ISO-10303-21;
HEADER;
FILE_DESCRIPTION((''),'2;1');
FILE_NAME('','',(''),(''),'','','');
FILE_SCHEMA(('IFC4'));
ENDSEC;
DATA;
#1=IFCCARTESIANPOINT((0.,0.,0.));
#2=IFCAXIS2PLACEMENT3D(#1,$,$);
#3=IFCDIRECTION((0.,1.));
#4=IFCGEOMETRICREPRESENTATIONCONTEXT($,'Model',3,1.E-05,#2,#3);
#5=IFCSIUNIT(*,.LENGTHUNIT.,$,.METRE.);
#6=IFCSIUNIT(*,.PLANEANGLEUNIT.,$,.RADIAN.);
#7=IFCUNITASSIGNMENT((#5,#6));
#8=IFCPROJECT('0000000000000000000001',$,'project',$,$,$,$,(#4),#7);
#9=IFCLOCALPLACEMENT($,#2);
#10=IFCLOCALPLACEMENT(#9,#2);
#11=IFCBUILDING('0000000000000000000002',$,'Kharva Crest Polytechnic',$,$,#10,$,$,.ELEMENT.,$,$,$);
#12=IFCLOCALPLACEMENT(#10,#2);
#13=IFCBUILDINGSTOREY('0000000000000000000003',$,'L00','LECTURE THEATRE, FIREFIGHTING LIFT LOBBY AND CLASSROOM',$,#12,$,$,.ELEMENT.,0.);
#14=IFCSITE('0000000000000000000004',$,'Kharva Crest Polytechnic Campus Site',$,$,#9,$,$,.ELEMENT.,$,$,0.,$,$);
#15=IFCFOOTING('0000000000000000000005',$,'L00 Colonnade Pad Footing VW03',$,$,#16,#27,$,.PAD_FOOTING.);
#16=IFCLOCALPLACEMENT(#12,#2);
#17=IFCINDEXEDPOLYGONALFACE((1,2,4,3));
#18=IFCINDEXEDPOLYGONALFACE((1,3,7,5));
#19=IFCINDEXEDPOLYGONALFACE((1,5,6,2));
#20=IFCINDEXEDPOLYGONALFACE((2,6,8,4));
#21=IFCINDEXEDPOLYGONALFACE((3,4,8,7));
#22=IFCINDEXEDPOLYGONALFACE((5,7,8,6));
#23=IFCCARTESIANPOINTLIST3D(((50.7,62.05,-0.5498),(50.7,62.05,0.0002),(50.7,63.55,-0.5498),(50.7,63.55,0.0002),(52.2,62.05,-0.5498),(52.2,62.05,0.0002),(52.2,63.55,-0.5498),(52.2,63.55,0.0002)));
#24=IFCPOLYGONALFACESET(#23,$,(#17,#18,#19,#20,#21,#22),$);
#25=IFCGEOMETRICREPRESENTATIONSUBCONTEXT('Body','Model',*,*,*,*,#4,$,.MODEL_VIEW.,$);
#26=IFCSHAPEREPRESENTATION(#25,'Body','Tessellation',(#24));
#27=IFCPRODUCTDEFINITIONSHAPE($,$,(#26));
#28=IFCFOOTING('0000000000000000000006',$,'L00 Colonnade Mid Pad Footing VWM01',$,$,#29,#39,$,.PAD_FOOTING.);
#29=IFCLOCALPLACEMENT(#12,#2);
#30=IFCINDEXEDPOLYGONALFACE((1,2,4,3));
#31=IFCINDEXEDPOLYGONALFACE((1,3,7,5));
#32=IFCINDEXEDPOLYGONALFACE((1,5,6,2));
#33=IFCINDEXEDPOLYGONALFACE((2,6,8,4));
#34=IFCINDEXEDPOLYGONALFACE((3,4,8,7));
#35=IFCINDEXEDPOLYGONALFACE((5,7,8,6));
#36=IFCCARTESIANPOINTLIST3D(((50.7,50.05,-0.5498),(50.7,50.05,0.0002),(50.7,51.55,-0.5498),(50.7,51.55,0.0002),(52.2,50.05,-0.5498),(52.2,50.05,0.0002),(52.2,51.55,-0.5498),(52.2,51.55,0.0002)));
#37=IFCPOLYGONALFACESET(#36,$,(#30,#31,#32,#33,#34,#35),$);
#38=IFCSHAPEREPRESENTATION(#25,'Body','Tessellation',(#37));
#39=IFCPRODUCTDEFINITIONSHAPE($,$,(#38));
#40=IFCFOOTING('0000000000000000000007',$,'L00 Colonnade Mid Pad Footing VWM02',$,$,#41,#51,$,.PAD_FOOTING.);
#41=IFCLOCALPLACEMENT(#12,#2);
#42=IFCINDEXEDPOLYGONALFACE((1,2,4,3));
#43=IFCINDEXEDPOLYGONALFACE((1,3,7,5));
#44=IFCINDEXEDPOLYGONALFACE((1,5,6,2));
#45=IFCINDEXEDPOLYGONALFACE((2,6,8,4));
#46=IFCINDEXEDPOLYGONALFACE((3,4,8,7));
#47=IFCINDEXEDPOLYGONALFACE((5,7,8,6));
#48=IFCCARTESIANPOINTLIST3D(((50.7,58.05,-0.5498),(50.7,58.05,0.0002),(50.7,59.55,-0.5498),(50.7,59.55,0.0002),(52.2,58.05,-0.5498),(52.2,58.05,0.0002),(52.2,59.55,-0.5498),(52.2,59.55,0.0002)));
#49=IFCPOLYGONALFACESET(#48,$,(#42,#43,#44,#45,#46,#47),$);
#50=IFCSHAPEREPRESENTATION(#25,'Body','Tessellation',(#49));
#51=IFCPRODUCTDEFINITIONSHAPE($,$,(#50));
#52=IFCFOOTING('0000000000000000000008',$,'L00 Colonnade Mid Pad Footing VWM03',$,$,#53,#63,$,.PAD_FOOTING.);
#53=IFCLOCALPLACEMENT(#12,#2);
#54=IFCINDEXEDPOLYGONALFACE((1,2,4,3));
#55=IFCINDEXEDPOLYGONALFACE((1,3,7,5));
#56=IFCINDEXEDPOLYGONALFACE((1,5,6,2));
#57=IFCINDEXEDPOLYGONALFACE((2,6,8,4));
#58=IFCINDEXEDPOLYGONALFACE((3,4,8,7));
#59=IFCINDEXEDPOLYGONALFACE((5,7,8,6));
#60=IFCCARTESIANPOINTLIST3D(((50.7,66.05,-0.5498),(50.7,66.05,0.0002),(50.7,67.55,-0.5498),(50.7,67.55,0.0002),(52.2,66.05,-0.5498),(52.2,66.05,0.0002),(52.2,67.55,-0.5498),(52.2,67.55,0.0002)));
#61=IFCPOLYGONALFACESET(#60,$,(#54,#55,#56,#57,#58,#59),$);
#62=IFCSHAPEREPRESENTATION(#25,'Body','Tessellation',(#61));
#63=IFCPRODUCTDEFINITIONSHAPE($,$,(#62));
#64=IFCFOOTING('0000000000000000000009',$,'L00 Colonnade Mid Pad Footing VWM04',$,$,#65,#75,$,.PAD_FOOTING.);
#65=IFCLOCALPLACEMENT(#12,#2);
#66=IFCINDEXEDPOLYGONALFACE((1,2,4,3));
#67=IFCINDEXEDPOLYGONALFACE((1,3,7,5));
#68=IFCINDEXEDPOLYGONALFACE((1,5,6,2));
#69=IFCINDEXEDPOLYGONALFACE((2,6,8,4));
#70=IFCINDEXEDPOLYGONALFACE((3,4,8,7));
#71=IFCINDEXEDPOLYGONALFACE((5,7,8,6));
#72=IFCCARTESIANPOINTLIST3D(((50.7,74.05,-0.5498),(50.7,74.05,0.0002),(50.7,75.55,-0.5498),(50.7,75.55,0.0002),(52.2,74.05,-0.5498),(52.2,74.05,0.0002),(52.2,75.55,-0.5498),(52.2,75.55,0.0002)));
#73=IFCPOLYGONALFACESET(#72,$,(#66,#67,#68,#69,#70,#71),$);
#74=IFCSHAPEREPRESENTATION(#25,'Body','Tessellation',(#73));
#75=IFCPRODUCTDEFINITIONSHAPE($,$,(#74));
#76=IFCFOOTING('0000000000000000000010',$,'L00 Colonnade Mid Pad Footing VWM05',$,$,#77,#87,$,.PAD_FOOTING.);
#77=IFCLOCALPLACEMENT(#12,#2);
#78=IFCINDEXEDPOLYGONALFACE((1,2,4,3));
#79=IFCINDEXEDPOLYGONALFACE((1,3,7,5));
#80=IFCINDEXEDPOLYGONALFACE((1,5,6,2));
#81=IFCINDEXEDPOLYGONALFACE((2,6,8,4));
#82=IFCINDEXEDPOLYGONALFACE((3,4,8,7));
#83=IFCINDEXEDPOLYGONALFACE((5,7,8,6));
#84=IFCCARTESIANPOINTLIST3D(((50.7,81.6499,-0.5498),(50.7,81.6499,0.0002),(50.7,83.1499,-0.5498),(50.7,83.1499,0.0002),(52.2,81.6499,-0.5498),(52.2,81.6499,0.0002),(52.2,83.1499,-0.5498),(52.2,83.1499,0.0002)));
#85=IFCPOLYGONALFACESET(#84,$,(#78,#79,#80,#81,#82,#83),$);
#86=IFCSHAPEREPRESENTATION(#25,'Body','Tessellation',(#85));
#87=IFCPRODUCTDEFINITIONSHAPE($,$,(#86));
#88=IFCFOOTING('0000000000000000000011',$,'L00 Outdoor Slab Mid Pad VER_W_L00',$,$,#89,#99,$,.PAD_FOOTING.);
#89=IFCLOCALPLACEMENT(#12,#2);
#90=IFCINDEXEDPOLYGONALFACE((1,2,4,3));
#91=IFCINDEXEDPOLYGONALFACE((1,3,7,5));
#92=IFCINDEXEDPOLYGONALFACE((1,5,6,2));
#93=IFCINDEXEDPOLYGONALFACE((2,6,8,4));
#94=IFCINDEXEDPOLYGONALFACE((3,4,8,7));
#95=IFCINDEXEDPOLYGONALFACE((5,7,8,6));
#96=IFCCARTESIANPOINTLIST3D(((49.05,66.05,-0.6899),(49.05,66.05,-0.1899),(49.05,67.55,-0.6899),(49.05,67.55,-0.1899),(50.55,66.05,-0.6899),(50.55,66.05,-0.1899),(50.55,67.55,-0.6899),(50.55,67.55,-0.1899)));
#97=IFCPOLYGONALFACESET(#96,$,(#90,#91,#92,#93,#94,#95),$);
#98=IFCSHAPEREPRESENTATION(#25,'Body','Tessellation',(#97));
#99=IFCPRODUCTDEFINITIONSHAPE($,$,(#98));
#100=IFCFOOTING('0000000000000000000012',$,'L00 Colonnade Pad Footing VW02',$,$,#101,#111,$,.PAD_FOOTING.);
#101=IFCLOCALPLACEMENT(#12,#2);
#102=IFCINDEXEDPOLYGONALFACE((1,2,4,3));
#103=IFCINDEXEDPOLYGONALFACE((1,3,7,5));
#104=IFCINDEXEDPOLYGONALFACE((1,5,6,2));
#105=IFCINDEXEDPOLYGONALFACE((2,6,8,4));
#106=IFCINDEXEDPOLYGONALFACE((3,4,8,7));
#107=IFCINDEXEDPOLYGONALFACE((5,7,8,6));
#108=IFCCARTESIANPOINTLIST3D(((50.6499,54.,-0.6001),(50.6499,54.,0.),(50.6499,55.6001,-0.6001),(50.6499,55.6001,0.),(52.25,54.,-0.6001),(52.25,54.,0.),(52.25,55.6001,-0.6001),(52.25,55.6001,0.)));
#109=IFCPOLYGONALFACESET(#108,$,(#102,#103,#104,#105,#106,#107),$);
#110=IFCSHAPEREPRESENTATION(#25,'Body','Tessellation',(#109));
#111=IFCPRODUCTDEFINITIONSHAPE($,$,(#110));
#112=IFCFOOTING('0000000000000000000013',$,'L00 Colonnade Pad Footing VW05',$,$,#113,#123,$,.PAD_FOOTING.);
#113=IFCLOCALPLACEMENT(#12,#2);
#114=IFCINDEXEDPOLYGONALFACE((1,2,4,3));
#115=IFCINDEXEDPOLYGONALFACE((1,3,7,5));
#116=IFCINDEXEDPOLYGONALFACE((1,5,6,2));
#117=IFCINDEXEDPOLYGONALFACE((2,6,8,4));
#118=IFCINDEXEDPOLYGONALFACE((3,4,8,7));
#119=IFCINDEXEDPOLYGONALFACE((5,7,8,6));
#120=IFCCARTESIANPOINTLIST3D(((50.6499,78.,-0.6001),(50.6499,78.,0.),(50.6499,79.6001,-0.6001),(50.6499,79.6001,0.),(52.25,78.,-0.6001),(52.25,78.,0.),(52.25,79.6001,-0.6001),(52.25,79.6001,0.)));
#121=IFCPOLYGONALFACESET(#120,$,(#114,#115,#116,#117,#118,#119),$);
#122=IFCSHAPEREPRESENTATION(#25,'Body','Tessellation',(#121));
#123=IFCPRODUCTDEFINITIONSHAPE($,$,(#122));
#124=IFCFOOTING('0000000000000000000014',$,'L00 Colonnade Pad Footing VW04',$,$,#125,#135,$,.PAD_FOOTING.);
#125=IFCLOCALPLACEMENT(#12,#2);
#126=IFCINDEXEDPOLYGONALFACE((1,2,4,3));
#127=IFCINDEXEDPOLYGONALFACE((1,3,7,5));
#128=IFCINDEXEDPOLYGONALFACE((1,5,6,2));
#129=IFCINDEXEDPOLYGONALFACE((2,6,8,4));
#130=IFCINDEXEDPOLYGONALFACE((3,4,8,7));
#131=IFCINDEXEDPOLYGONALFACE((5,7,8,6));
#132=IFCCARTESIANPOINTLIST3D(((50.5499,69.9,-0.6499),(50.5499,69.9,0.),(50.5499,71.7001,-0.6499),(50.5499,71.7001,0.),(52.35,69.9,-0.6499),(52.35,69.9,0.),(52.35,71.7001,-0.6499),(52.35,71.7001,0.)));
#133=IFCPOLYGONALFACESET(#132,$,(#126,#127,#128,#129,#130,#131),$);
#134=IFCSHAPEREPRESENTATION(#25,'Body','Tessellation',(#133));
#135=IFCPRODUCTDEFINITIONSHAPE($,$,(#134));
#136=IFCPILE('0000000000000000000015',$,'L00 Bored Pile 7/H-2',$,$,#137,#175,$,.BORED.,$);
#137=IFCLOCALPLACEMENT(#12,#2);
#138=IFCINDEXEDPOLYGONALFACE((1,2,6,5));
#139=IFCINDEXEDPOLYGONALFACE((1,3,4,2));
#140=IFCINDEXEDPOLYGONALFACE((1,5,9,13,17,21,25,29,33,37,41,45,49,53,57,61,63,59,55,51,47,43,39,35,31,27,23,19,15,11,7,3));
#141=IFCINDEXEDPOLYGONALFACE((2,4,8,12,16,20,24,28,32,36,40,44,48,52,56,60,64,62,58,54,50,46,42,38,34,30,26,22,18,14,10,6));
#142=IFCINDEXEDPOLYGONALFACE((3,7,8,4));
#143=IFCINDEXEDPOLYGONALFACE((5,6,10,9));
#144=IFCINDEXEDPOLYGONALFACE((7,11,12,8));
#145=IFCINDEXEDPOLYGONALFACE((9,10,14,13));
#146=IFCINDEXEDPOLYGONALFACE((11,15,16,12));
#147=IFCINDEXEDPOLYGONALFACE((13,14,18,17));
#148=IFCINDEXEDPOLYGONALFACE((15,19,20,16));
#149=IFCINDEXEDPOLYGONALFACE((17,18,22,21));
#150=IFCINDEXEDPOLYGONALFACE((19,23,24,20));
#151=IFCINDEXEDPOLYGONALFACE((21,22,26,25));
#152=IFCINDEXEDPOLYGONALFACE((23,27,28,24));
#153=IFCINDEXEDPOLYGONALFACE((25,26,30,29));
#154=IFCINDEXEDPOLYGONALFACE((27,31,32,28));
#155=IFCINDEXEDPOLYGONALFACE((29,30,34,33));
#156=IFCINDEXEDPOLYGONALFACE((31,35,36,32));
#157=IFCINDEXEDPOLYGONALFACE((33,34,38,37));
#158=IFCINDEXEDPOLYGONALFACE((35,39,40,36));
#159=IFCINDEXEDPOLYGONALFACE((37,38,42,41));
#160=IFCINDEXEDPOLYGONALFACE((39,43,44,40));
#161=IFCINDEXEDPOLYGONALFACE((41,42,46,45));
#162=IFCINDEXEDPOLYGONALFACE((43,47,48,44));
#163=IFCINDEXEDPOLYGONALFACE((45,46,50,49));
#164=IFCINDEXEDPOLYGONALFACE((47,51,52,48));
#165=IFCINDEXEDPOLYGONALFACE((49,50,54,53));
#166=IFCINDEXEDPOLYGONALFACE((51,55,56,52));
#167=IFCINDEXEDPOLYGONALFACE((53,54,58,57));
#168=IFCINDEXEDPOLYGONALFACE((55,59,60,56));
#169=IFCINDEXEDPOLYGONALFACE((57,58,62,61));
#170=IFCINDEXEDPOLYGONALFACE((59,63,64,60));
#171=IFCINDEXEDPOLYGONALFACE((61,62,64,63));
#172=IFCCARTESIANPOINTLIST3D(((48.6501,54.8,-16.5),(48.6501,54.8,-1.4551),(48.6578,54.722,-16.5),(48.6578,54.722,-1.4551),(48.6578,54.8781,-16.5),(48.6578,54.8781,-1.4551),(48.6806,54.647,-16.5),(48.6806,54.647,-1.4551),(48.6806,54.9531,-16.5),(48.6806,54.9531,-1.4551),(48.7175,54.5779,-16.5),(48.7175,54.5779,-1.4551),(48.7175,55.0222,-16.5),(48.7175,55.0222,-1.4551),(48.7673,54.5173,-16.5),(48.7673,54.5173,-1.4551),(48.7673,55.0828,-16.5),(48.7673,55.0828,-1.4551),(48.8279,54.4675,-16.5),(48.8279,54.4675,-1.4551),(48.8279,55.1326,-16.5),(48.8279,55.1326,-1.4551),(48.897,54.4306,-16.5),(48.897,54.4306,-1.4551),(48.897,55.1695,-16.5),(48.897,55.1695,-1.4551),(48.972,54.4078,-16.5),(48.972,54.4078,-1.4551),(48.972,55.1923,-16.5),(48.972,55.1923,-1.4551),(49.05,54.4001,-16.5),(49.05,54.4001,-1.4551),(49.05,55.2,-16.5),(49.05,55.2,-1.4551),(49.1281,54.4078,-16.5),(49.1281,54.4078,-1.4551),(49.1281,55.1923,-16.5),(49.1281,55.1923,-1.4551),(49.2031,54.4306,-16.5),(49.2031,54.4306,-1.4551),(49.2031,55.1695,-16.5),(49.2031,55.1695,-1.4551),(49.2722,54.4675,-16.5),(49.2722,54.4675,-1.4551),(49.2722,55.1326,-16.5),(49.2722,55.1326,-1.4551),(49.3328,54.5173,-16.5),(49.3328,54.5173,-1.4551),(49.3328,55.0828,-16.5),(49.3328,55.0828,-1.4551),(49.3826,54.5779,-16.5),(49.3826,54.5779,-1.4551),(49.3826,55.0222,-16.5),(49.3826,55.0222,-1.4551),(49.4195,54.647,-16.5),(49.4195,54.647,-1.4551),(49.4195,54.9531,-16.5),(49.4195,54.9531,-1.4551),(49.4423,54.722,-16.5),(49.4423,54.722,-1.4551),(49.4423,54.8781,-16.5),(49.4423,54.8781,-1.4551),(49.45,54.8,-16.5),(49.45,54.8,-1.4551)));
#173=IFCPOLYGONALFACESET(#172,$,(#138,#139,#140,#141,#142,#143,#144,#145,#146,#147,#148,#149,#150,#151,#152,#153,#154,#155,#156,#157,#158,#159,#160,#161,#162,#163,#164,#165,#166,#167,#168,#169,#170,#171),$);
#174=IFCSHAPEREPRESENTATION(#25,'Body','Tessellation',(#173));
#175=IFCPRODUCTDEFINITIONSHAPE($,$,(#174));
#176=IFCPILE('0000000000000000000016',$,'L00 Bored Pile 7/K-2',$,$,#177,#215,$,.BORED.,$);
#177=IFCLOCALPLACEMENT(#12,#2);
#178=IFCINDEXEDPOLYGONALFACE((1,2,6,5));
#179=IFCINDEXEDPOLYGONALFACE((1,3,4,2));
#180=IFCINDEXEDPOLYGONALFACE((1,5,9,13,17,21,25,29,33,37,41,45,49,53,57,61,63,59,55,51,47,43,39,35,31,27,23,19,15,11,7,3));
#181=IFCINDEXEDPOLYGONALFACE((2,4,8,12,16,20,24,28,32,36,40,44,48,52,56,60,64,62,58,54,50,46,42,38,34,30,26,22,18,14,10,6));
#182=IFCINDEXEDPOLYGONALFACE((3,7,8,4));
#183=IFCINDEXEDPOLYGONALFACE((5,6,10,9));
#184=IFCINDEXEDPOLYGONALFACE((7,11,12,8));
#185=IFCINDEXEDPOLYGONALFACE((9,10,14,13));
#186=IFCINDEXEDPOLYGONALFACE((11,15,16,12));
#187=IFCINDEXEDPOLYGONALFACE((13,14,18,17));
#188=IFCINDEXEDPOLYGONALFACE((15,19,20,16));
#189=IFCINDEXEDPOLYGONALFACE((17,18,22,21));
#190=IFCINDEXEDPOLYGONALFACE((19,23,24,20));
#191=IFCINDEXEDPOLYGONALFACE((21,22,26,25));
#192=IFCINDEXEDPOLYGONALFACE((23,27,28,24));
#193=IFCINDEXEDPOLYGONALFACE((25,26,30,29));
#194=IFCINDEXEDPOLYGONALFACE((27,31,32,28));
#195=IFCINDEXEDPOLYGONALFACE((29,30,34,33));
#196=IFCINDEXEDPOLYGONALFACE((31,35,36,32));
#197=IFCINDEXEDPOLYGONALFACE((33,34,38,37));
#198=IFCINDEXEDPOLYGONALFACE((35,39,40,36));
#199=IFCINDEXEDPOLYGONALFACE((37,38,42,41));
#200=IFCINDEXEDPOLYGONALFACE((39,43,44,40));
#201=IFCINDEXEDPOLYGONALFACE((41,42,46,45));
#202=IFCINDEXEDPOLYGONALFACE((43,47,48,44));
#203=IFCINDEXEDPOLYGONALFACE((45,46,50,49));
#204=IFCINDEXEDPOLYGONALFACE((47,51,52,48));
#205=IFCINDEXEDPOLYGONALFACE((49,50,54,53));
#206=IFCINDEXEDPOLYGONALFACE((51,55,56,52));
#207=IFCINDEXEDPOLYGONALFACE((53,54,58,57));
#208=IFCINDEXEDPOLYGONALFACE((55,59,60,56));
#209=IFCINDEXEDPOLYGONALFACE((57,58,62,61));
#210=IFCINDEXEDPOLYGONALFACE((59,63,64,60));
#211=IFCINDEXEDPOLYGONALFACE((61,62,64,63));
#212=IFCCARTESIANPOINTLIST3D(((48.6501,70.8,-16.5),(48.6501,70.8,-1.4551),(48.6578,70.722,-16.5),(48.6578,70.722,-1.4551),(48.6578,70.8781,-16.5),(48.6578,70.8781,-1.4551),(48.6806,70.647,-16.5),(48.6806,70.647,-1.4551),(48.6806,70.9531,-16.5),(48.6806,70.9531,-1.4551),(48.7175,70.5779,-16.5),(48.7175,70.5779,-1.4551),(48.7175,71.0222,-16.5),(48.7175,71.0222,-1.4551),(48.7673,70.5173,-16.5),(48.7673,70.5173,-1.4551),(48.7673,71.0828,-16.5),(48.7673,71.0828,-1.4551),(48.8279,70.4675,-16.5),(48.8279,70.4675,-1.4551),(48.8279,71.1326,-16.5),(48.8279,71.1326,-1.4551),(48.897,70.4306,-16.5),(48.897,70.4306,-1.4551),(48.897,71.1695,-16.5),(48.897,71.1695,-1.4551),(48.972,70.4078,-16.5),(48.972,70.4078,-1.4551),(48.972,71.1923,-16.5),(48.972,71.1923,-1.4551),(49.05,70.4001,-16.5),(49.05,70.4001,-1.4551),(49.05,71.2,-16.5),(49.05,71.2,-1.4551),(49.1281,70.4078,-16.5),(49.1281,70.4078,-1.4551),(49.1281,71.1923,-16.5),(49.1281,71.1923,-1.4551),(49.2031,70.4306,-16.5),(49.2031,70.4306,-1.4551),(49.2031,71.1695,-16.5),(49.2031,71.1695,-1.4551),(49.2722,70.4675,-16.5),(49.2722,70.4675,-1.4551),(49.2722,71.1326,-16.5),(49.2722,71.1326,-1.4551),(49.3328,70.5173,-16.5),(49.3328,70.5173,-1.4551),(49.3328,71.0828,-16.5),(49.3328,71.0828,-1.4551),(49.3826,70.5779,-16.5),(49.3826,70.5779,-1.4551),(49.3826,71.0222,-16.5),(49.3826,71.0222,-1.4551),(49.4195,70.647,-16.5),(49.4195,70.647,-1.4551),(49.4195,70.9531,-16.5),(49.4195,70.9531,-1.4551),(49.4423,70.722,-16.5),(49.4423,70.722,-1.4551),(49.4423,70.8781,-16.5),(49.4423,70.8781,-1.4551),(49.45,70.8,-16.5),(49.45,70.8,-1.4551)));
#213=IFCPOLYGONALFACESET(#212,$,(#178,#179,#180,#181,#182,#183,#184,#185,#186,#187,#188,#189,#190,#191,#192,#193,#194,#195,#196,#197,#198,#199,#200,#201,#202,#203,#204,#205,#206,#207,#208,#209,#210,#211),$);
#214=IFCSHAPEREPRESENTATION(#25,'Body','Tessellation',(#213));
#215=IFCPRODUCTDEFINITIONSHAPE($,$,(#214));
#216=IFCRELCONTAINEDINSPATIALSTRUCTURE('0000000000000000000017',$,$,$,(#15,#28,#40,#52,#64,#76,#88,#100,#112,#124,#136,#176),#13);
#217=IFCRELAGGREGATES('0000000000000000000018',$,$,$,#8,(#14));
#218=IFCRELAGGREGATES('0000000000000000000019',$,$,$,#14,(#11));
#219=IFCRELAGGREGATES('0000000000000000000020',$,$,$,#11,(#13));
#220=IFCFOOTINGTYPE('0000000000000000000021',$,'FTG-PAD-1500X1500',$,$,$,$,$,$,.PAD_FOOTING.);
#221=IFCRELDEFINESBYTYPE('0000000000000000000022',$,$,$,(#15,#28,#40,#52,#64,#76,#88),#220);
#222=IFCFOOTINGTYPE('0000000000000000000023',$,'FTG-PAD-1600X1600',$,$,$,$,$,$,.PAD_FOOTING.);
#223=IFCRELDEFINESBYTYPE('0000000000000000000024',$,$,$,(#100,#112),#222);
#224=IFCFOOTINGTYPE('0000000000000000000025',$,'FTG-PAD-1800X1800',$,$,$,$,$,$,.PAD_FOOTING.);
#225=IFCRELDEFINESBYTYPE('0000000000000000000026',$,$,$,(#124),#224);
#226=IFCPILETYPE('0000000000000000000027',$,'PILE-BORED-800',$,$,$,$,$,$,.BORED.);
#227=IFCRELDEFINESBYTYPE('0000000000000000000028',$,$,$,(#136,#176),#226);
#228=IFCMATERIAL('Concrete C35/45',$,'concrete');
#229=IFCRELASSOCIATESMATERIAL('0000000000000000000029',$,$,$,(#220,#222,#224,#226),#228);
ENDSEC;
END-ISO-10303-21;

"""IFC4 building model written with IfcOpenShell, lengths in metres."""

from ifc_helpers import new_model, si_unit, direction, frame, origin, origin_2d, place, context, subcontext, project, spatial, rectangle, circle, extrude, material, material_profile, profile_set, type_object, element, save


model = new_model("IFC4")

# Units and contexts
model_context = context("Model", 3, precision=1e-05, world=origin(), true_north=direction((0.0, 1.0)))
body_context = subcontext(model_context, "Body", "Model", "MODEL_VIEW")
ifc_project = project(units=[si_unit("LENGTHUNIT", "METRE"), si_unit("PLANEANGLEUNIT", "RADIAN")], contexts=[model_context])

# Site, building, storey
site_placement = place(None, origin())
site = spatial("IfcSite", under=ifc_project, at=site_placement, Name="Kharva Crest Polytechnic Campus Site", CompositionType="ELEMENT", RefElevation=0.0)
building_placement = place(site_placement, origin())
building = spatial("IfcBuilding", under=site, at=building_placement, Name="Kharva Crest Polytechnic", CompositionType="ELEMENT")
storey_placement = place(building_placement, origin())
storey = spatial("IfcBuildingStorey", under=building, at=storey_placement, Name="L00", Description="LECTURE THEATRE, FIREFIGHTING LIFT LOBBY AND CLASSROOM", CompositionType="ELEMENT", Elevation=0.0)

# Footings
ifc_material_1 = material(Name="Concrete C35/45", Category="concrete")
footing_type_1 = type_object("IfcFootingType", Name="FTG-PAD-1500X1500", PredefinedType="PAD_FOOTING", material=ifc_material_1)
for number, where, z_axis, x_axis, name in (
    (1, (51.45, 62.8, -0.5498), (0.0, 0.0, 1.0), (1.0, 0.0, 0.0), "L00 Colonnade Pad Footing VW03"),
    (2, (51.45, 50.8, -0.5498), (0.0, 0.0, 1.0), (1.0, 0.0, 0.0), "L00 Colonnade Mid Pad Footing VWM01"),
    (3, (51.45, 58.8, -0.5498), (0.0, 0.0, 1.0), (1.0, 0.0, 0.0), "L00 Colonnade Mid Pad Footing VWM02"),
    (4, (51.45, 66.8, -0.5498), (0.0, 0.0, 1.0), (1.0, 0.0, 0.0), "L00 Colonnade Mid Pad Footing VWM03"),
    (5, (51.45, 74.8, -0.5498), (0.0, 0.0, 1.0), (1.0, 0.0, 0.0), "L00 Colonnade Mid Pad Footing VWM04"),
    (6, (51.45, 82.3999, -0.5498), (0.0, 0.0, 1.0), (1.0, 0.0, 0.0), "L00 Colonnade Mid Pad Footing VWM05"),
):
    element("IfcFooting", number, at=place(storey_placement, frame(where, z_axis=z_axis, x_axis=x_axis)), inside=storey, type_object=footing_type_1, Name=name, PredefinedType="PAD_FOOTING", context=body_context, shape_type="SweptSolid", body=[
        extrude(rectangle(XDim=1.5, YDim=1.5, at=origin_2d()), origin(), (0.0, 0.0, 1.0), 0.55),
    ])
footing_1_placement = place(storey_placement, frame((49.8, 66.8, -0.6899), z_axis=(0.0, 0.0, 1.0), x_axis=(1.0, 0.0, 0.0)))
element("IfcFooting", 7, at=footing_1_placement, inside=storey, type_object=footing_type_1, Name="L00 Outdoor Slab Mid Pad VER_W_L00", PredefinedType="PAD_FOOTING", context=body_context, shape_type="SweptSolid", body=[
    extrude(rectangle(XDim=1.5, YDim=1.5, at=origin_2d()), origin(), (0.0, 0.0, 1.0), 0.5),
])
footing_type_2 = type_object("IfcFootingType", Name="FTG-PAD-1600X1600", PredefinedType="PAD_FOOTING", material=ifc_material_1)
for number, where, z_axis, x_axis, name in (
    (8, (51.45, 54.8, -0.6001), (0.0, 0.0, 1.0), (1.0, 0.0, 0.0), "L00 Colonnade Pad Footing VW02"),
    (9, (51.45, 78.8, -0.6001), (0.0, 0.0, 1.0), (1.0, 0.0, 0.0), "L00 Colonnade Pad Footing VW05"),
):
    element("IfcFooting", number, at=place(storey_placement, frame(where, z_axis=z_axis, x_axis=x_axis)), inside=storey, type_object=footing_type_2, Name=name, PredefinedType="PAD_FOOTING", context=body_context, shape_type="SweptSolid", body=[
        extrude(rectangle(XDim=1.6001, YDim=1.6001, at=origin_2d()), origin(), (0.0, 0.0, 1.0), 0.6001),
    ])
footing_type_3 = type_object("IfcFootingType", Name="FTG-PAD-1800X1800", PredefinedType="PAD_FOOTING", material=ifc_material_1)
footing_2_placement = place(storey_placement, frame((51.45, 70.8, -0.6499), z_axis=(0.0, 0.0, 1.0), x_axis=(1.0, 0.0, 0.0)))
element("IfcFooting", 10, at=footing_2_placement, inside=storey, type_object=footing_type_3, Name="L00 Colonnade Pad Footing VW04", PredefinedType="PAD_FOOTING", context=body_context, shape_type="SweptSolid", body=[
    extrude(rectangle(XDim=1.8, YDim=1.8, at=origin_2d()), origin(), (0.0, 0.0, 1.0), 0.6499),
])

# Piles
ifc_material_profile_1 = material_profile(ifc_material_1, circle(Radius=0.3999, at=origin_2d()), Name="DIA 800")
ifc_profile_set_1 = profile_set([ifc_material_profile_1], Name="Concrete C35/45")
pile_type_1 = type_object("IfcPileType", Name="PILE-BORED-800", PredefinedType="BORED", material=ifc_profile_set_1)
for number, where, z_axis, x_axis, name in (
    (11, (49.05, 54.8, -1.4551), (0.0, 0.0, -1.0), (1.0, 0.0, 0.0), "L00 Bored Pile 7/H-2"),
    (12, (49.05, 70.8, -1.4551), (0.0, 0.0, -1.0), (1.0, 0.0, 0.0), "L00 Bored Pile 7/K-2"),
):
    element("IfcPile", number, at=place(storey_placement, frame(where, z_axis=z_axis, x_axis=x_axis)), inside=storey, type_object=pile_type_1, Name=name, PredefinedType="BORED", context=body_context, shape_type="SweptSolid", body=[
        extrude(circle(Radius=0.3999, at=origin_2d()), origin(), (0.0, 0.0, 1.0), 15.0449),
    ])

save(model, "model.ifc")
